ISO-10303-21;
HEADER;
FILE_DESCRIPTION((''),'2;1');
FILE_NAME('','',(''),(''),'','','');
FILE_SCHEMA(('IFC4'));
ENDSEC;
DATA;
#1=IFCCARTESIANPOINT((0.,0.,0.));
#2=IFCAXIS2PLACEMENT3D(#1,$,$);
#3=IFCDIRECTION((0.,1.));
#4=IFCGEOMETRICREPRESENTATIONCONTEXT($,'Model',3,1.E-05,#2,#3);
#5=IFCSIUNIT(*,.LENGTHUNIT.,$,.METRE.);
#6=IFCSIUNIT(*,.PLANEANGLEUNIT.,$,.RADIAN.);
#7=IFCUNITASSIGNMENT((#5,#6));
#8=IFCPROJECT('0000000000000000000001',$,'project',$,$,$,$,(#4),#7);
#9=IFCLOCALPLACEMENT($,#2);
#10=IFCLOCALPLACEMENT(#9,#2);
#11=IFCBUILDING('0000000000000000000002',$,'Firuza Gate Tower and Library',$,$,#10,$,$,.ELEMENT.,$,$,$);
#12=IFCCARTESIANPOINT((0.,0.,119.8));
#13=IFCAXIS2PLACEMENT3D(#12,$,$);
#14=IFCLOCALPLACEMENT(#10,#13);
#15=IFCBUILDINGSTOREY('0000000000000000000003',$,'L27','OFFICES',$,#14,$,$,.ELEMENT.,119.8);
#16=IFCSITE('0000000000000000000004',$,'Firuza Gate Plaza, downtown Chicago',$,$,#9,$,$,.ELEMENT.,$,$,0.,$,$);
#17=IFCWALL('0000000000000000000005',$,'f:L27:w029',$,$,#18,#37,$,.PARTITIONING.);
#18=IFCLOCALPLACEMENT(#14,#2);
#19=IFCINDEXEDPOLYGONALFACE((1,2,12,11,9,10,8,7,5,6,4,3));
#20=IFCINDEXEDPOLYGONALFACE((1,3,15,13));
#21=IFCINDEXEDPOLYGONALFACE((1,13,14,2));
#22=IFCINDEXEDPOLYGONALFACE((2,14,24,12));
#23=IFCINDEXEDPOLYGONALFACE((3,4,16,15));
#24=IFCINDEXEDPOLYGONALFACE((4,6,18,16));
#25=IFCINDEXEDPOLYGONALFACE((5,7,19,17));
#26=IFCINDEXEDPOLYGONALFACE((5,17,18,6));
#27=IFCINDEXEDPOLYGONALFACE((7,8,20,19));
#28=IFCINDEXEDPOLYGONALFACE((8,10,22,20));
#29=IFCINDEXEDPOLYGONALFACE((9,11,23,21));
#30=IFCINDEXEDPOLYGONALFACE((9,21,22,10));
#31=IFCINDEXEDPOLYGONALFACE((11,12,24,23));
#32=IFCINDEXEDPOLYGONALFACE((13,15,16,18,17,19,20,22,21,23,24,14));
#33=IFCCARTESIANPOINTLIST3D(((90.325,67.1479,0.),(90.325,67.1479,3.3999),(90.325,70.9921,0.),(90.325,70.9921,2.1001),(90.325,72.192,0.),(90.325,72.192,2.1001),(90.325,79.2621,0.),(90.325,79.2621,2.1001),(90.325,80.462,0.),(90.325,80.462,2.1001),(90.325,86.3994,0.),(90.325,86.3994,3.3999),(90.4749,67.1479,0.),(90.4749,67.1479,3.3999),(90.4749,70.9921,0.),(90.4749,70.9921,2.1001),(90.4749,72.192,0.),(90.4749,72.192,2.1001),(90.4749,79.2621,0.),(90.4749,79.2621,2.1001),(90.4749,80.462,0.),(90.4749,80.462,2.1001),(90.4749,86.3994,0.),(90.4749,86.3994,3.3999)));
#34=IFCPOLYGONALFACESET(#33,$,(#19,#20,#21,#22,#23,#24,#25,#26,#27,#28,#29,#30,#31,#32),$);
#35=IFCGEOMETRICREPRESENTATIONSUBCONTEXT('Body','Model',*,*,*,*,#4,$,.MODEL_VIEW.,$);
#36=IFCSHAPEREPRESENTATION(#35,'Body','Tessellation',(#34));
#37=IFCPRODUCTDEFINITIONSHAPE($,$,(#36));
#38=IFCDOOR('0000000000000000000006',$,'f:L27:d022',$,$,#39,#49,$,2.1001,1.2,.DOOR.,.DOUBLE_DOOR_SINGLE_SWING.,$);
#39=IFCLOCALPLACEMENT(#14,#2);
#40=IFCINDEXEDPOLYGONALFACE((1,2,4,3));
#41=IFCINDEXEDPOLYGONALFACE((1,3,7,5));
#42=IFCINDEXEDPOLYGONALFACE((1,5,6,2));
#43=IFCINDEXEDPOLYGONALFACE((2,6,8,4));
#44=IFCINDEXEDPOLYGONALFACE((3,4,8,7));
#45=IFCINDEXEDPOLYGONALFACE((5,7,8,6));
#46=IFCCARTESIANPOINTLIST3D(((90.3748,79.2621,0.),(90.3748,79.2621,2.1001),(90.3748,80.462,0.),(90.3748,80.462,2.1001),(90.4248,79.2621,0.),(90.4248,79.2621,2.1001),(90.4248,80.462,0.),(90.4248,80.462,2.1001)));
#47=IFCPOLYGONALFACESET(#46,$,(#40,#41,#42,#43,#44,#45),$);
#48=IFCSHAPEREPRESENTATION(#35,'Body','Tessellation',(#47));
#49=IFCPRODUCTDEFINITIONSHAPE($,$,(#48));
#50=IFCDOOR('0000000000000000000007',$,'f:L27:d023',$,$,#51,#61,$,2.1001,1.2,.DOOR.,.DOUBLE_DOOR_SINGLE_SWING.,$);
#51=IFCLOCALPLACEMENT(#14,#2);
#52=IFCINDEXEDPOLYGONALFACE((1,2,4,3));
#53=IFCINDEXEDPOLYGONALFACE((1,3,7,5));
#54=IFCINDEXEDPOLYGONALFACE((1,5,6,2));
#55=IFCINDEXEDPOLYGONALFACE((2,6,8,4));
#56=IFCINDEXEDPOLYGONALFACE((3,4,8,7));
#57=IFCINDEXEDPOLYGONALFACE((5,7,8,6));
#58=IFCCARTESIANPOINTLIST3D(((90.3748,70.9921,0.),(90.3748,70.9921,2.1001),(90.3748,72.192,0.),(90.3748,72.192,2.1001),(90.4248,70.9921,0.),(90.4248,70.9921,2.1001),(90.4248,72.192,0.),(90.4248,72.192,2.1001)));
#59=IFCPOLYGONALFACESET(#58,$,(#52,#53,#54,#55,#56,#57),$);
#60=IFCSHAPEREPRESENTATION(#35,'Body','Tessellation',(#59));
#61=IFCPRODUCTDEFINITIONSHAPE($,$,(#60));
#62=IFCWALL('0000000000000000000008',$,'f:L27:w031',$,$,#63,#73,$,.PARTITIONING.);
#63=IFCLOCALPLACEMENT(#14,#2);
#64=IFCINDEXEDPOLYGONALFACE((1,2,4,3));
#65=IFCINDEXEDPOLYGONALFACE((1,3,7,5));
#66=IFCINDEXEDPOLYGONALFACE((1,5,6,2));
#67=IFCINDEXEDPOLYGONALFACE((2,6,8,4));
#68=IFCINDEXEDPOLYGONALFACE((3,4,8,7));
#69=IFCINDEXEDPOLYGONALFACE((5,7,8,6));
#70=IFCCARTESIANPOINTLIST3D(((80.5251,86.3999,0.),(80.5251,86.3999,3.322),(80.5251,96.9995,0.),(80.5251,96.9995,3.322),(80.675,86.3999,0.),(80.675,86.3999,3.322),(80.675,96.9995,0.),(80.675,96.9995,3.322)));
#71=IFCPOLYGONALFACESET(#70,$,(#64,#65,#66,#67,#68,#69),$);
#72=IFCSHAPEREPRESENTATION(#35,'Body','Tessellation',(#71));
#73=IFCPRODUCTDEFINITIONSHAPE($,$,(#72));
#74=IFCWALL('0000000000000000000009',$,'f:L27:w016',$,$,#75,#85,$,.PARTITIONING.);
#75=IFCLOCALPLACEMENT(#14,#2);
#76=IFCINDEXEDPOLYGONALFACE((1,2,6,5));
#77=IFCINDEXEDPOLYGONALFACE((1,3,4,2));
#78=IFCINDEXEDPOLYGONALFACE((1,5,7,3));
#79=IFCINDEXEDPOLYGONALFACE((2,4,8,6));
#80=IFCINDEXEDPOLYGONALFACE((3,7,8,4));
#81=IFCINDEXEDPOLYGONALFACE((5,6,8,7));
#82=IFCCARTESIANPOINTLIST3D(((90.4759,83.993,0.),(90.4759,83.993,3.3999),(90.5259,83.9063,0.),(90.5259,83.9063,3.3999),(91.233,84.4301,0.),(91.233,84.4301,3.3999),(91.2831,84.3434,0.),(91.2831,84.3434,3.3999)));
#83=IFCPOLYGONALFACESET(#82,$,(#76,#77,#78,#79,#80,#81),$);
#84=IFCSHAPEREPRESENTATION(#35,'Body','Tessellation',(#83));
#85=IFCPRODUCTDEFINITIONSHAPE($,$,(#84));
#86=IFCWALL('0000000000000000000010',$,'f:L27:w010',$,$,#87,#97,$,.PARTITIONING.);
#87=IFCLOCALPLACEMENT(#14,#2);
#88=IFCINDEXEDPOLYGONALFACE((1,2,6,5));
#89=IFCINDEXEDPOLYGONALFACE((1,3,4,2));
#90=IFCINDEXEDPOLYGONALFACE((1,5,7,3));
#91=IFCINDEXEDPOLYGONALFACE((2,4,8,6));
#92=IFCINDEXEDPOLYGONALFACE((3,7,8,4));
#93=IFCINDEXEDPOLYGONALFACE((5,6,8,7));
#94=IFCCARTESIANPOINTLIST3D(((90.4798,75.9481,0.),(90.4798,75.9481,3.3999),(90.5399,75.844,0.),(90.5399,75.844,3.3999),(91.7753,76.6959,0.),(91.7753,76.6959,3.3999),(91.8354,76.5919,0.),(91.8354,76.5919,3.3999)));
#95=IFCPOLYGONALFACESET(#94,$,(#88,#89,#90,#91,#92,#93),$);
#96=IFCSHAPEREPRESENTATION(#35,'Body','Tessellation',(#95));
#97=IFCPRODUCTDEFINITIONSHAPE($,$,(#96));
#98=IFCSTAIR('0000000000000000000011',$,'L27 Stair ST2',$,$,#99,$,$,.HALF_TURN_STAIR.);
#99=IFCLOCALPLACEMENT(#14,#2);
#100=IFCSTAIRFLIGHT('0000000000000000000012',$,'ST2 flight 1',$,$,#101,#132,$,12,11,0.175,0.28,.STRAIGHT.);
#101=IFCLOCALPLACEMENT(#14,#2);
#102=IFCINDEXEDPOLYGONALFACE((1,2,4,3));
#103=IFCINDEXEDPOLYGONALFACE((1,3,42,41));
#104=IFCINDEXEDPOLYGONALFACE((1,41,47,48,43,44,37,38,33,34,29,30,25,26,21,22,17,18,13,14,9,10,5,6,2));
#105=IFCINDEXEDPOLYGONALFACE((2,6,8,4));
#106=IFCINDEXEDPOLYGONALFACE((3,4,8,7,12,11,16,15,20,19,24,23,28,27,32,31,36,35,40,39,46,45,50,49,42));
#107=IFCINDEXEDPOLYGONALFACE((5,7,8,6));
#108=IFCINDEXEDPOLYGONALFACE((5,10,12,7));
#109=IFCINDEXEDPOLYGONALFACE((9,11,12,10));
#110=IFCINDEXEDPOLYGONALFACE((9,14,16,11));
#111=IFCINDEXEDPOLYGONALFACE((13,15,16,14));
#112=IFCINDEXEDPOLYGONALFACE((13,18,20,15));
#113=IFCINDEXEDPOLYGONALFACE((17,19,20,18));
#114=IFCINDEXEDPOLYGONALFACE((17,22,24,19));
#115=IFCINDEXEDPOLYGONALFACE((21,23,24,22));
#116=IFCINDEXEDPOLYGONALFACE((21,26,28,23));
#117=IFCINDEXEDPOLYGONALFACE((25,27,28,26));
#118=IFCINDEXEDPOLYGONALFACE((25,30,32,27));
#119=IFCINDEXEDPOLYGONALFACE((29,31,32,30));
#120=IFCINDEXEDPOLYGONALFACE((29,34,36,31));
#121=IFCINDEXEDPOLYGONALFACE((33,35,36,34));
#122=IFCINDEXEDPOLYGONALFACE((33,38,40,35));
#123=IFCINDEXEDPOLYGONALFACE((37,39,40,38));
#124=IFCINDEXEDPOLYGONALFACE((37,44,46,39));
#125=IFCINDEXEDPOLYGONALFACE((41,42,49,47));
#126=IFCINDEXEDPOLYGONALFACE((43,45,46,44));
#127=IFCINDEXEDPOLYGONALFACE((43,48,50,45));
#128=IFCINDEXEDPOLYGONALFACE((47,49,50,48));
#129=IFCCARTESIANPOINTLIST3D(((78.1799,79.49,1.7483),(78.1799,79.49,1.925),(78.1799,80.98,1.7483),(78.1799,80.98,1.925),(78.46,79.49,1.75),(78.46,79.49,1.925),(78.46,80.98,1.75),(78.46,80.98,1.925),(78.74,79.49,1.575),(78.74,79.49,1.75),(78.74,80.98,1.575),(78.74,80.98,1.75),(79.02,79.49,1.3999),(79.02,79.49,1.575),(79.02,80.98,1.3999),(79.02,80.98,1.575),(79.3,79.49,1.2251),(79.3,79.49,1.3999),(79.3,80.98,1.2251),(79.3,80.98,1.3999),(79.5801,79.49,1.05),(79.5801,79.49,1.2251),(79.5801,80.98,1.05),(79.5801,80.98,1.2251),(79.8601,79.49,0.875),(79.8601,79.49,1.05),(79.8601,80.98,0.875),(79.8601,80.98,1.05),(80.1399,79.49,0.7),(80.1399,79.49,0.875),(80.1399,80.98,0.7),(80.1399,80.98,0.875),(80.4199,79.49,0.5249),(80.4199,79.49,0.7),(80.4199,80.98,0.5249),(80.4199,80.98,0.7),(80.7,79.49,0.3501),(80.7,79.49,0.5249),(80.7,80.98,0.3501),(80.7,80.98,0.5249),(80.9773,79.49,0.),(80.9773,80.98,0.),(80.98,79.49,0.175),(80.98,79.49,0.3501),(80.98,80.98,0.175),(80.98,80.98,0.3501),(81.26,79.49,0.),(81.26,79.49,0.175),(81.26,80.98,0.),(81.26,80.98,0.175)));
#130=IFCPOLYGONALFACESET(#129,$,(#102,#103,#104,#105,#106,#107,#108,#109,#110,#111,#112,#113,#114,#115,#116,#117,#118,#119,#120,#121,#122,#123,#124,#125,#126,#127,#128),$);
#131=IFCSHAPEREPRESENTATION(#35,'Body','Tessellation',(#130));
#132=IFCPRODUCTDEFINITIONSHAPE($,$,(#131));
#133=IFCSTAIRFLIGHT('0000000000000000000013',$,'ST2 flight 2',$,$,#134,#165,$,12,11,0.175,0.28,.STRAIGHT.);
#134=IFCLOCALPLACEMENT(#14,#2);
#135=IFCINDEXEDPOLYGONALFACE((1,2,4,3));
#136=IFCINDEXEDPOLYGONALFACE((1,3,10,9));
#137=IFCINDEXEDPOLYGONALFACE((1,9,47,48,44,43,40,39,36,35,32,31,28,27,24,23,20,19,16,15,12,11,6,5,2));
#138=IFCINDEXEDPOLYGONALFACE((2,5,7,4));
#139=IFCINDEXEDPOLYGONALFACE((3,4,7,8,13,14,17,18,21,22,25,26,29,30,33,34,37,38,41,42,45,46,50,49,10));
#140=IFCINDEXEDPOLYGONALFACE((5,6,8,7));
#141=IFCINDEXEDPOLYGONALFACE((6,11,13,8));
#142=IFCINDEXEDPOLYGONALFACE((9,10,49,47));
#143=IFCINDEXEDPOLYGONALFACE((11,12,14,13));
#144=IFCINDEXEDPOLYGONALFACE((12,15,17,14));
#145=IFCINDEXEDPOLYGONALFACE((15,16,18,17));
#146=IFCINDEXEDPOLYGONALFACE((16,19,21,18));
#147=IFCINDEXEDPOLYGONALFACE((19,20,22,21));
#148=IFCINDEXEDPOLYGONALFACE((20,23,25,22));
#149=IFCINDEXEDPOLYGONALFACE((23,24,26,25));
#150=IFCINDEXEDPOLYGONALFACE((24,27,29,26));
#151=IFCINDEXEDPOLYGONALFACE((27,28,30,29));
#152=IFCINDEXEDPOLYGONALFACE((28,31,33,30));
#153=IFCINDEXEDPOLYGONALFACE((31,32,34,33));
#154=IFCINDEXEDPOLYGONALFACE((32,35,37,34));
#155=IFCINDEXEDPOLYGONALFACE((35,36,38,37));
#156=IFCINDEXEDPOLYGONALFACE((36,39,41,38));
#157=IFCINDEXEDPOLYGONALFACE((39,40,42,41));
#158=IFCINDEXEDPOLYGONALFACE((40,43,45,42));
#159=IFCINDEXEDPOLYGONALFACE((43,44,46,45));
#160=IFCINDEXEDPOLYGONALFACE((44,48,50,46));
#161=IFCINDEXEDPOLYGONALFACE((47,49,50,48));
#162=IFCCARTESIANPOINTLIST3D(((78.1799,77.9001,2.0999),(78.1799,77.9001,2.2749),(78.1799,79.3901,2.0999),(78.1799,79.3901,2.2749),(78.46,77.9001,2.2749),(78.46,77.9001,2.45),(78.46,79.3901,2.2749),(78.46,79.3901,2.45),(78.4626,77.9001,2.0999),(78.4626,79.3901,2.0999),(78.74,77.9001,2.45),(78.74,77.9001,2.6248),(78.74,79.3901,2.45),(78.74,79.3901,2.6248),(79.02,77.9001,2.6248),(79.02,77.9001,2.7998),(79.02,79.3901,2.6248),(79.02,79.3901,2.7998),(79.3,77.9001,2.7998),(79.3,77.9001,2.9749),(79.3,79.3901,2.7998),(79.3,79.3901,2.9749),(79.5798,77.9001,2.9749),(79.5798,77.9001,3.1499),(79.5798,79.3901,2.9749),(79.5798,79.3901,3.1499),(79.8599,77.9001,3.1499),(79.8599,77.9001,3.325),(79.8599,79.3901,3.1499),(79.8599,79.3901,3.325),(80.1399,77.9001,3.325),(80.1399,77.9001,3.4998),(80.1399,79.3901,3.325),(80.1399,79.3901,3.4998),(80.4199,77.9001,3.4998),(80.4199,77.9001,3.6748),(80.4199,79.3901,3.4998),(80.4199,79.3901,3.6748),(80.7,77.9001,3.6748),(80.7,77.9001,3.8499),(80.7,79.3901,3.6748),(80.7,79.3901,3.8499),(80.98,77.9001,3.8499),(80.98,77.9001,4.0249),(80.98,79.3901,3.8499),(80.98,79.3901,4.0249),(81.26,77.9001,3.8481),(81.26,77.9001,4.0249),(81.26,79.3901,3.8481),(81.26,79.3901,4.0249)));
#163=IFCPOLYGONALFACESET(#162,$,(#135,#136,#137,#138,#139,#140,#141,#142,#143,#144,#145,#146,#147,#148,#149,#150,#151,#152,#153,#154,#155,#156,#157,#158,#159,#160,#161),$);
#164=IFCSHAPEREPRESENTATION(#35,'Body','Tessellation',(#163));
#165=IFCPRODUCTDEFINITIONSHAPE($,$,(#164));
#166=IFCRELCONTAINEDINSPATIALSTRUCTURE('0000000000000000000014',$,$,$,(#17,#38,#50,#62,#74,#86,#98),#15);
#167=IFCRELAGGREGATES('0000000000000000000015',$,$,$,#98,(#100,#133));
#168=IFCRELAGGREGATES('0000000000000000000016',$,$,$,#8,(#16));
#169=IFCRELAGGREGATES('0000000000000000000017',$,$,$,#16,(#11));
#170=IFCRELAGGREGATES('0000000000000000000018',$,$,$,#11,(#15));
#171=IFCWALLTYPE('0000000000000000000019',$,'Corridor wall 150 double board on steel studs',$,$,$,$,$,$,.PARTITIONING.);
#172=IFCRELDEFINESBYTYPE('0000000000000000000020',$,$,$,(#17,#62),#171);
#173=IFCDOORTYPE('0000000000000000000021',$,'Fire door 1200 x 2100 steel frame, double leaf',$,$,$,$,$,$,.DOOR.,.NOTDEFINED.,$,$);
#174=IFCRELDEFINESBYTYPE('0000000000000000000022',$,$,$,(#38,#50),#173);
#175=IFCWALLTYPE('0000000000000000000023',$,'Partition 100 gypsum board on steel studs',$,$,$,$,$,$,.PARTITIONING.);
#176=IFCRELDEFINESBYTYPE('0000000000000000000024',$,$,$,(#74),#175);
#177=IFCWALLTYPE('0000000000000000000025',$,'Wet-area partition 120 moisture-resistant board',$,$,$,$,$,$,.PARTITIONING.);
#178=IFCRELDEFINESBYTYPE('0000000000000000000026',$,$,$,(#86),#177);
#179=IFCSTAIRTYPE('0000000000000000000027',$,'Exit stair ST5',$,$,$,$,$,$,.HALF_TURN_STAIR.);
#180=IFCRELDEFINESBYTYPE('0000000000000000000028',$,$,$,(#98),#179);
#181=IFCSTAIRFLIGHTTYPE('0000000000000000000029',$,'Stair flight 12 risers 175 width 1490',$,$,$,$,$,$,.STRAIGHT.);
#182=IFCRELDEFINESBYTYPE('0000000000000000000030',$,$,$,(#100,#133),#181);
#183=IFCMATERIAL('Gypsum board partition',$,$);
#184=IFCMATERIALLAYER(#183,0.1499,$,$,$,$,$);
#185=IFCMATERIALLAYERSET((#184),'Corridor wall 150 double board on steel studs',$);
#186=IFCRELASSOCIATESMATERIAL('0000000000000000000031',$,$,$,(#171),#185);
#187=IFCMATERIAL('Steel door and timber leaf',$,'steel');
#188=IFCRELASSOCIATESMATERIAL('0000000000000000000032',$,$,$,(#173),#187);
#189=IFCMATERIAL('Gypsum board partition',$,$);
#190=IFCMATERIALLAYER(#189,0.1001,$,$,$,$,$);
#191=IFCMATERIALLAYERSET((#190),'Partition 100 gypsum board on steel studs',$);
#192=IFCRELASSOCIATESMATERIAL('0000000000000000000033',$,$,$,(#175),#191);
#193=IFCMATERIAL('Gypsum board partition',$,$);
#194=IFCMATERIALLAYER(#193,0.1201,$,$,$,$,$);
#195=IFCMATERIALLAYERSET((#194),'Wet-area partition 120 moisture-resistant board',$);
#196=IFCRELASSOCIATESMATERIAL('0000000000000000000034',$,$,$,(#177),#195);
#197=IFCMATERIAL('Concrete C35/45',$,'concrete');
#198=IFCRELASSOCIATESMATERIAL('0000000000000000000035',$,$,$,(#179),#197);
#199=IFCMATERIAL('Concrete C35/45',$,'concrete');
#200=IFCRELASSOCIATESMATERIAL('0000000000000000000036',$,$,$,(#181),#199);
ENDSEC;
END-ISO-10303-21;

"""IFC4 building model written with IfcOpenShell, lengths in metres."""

from ifc_helpers import new_model, si_unit, direction, frame, frame_2d, origin, place, context, subcontext, project, spatial, polyline, rectangle, outline, extrude, material, layer, layer_set, type_object, element, fill, aggregate, save


model = new_model("IFC4")

# Units and contexts
model_context = context("Model", 3, precision=1e-05, world=origin(), true_north=direction((0.0, 1.0)))
body_context = subcontext(model_context, "Body", "Model", "MODEL_VIEW")
ifc_project = project(units=[si_unit("LENGTHUNIT", "METRE"), si_unit("PLANEANGLEUNIT", "RADIAN")], contexts=[model_context])

# Site, building, storey
site_placement = place(None, origin())
site = spatial("IfcSite", under=ifc_project, at=site_placement, Name="Firuza Gate Plaza, downtown Chicago", CompositionType="ELEMENT", RefElevation=0.0)
building_placement = place(site_placement, origin())
building = spatial("IfcBuilding", under=site, at=building_placement, Name="Firuza Gate Tower and Library", CompositionType="ELEMENT")
storey_placement = place(building_placement, frame((0.0, 0.0, 119.8)))
storey = spatial("IfcBuildingStorey", under=building, at=storey_placement, Name="L27", Description="OFFICES", CompositionType="ELEMENT", Elevation=119.8)

# Shared definitions
placement = place(storey_placement, origin())

# Shared definitions
ifc_material_1 = material(Name="Gypsum board partition")
ifc_layer_1 = layer(ifc_material_1, 0.1499)
ifc_layer_set_1 = layer_set([ifc_layer_1], Name="Corridor wall 150 double board on steel studs")
wall_type_1 = type_object("IfcWallType", Name="Corridor wall 150 double board on steel studs", PredefinedType="PARTITIONING", material=ifc_layer_set_1)

# Wall, openings, doors
wall_1_placement = place(storey_placement, frame((90.3999, 86.3994, 0.0), z_axis=(0.0, 0.0, 1.0), x_axis=(0.0, -1.0, 0.0)))
wall_1 = element("IfcWall", 1, at=wall_1_placement, inside=storey, type_object=wall_type_1, Name="f:L27:w029", PredefinedType="PARTITIONING", context=body_context, shape_type="SweptSolid", body=[
    extrude(rectangle(XDim=19.2515, YDim=0.1499, at=frame_2d((9.6257, 0.0))), origin(), (0.0, 0.0, 1.0), 3.3999),
])
opening_1_placement = place(wall_1_placement, frame((5.9373, 0.0, 0.0)))
opening_1 = element("IfcOpeningElement", 2, at=opening_1_placement, cuts=wall_1, PredefinedType="OPENING", context=body_context, shape_type="SweptSolid", body=[
    extrude(rectangle(XDim=1.2, YDim=2.1001, at=frame_2d((0.6001, 1.05))), frame((0.0, 0.085, 0.0), z_axis=(0.0, -1.0, 0.0), x_axis=(1.0, 0.0, 0.0)), (0.0, 0.0, 1.0), 0.1699),
])
opening_2_placement = place(wall_1_placement, frame((14.2073, 0.0, 0.0)))
opening_2 = element("IfcOpeningElement", 3, at=opening_2_placement, cuts=wall_1, PredefinedType="OPENING", context=body_context, shape_type="SweptSolid", body=[
    extrude(rectangle(XDim=1.2, YDim=2.1001, at=frame_2d((0.6001, 1.05))), frame((0.0, 0.085, 0.0), z_axis=(0.0, -1.0, 0.0), x_axis=(1.0, 0.0, 0.0)), (0.0, 0.0, 1.0), 0.1699),
])
ifc_material_2 = material(Name="Steel door and timber leaf", Category="steel")
door_type_1 = type_object("IfcDoorType", Name="Fire door 1200 x 2100 steel frame, double leaf", OperationType="NOTDEFINED", PredefinedType="DOOR", material=ifc_material_2)
door_1_placement = place(opening_1_placement, origin())
door_1 = element("IfcDoor", 4, at=door_1_placement, inside=storey, type_object=door_type_1, Name="f:L27:d022", OperationType="DOUBLE_DOOR_SINGLE_SWING", OverallHeight=2.1001, OverallWidth=1.2, PredefinedType="DOOR", context=body_context, shape_type="SweptSolid", body=[
    extrude(rectangle(XDim=1.2, YDim=2.1001, at=frame_2d((0.6001, 1.05))), frame((0.0, 0.0249, 0.0), z_axis=(0.0, -1.0, 0.0), x_axis=(1.0, 0.0, 0.0)), (0.0, 0.0, 1.0), 0.05),
])
fill(opening_1, door_1)
door_2_placement = place(opening_2_placement, origin())
door_2 = element("IfcDoor", 5, at=door_2_placement, inside=storey, type_object=door_type_1, Name="f:L27:d023", OperationType="DOUBLE_DOOR_SINGLE_SWING", OverallHeight=2.1001, OverallWidth=1.2, PredefinedType="DOOR", context=body_context, shape_type="SweptSolid", body=[
    extrude(rectangle(XDim=1.2, YDim=2.1001, at=frame_2d((0.6001, 1.05))), frame((0.0, 0.0249, 0.0), z_axis=(0.0, -1.0, 0.0), x_axis=(1.0, 0.0, 0.0)), (0.0, 0.0, 1.0), 0.05),
])
fill(opening_2, door_2)

# Walls
wall_2_placement = place(storey_placement, frame((80.6001, 86.3999, 0.0), z_axis=(0.0, 0.0, 1.0), x_axis=(0.0, 1.0, 0.0)))
element("IfcWall", 6, at=wall_2_placement, inside=storey, type_object=wall_type_1, Name="f:L27:w031", PredefinedType="PARTITIONING", context=body_context, shape_type="SweptSolid", body=[
    extrude(rectangle(XDim=10.5996, YDim=0.1499, at=frame_2d((5.2998, 0.0))), origin(), (0.0, 0.0, 1.0), 3.322),
])
ifc_material_3 = material(Name="Gypsum board partition")
ifc_layer_2 = layer(ifc_material_3, 0.1001)
ifc_layer_set_2 = layer_set([ifc_layer_2], Name="Partition 100 gypsum board on steel studs")
wall_type_2 = type_object("IfcWallType", Name="Partition 100 gypsum board on steel studs", PredefinedType="PARTITIONING", material=ifc_layer_set_2)
wall_3_placement = place(storey_placement, frame((90.501, 83.9497, 0.0), z_axis=(0.0, 0.0, 1.0), x_axis=(0.866069, 0.499924, 0.0)))
element("IfcWall", 7, at=wall_3_placement, inside=storey, type_object=wall_type_2, Name="f:L27:w016", PredefinedType="PARTITIONING", context=body_context, shape_type="SweptSolid", body=[
    extrude(rectangle(XDim=0.8743, YDim=0.1001, at=frame_2d((0.437, 0.0))), origin(), (0.0, 0.0, 1.0), 3.3999),
])
ifc_material_4 = material(Name="Gypsum board partition")
ifc_layer_3 = layer(ifc_material_4, 0.1201)
ifc_layer_set_3 = layer_set([ifc_layer_3], Name="Wet-area partition 120 moisture-resistant board")
wall_type_3 = type_object("IfcWallType", Name="Wet-area partition 120 moisture-resistant board", PredefinedType="PARTITIONING", material=ifc_layer_set_3)
wall_4_placement = place(storey_placement, frame((90.5098, 75.896, 0.0), z_axis=(0.0, 0.0, 1.0), x_axis=(0.866055, 0.499949, 0.0)))
element("IfcWall", 8, at=wall_4_placement, inside=storey, type_object=wall_type_3, Name="f:L27:w010", PredefinedType="PARTITIONING", context=body_context, shape_type="SweptSolid", body=[
    extrude(rectangle(XDim=1.4958, YDim=0.1201, at=frame_2d((0.748, 0.0))), origin(), (0.0, 0.0, 1.0), 3.3999),
])

# Stair, stair flights
ifc_material_5 = material(Name="Concrete C35/45", Category="concrete")
stair_type = type_object("IfcStairType", Name="Exit stair ST5", PredefinedType="HALF_TURN_STAIR", material=ifc_material_5)
stair = element("IfcStair", 9, at=placement, inside=storey, type_object=stair_type, Name="L27 Stair ST2", PredefinedType="HALF_TURN_STAIR")
ifc_material_6 = material(Name="Concrete C35/45", Category="concrete")
stair_flight_type = type_object("IfcStairFlightType", Name="Stair flight 12 risers 175 width 1490", PredefinedType="STRAIGHT", material=ifc_material_6)
stair_flight_1_placement = place(storey_placement, frame((81.26, 80.2351, 0.0), z_axis=(0.0, 0.0, 1.0), x_axis=(-1.0, 0.0, 0.0)))
stair_flight_1 = element("IfcStairFlight", 10, at=stair_flight_1_placement, type_object=stair_flight_type, Name="ST2 flight 1", NumberOfRisers=12, NumberOfTreads=11, PredefinedType="STRAIGHT", RiserHeight=0.175, TreadLength=0.28, context=body_context, shape_type="SweptSolid", body=[
    extrude(outline(polyline([(0.0, 0.0), (0.0, 0.175), (0.28, 0.175), (0.28, 0.3501), (0.5601, 0.3501), (0.5601, 0.5249), (0.8401, 0.5249), (0.8401, 0.7), (1.1201, 0.7), (1.1201, 0.875), (1.3999, 0.875), (1.3999, 1.05), (1.6799, 1.05), (1.6799, 1.2251), (1.96, 1.2251), (1.96, 1.3999), (2.24, 1.3999), (2.24, 1.575), (2.52, 1.575), (2.52, 1.75), (2.8, 1.75), (2.8, 1.925), (3.0801, 1.925), (3.0801, 2.1001), (3.0801, 1.7483), (0.2827, 0.0), (0.0, 0.0)])), frame((0.0, 0.7451, 0.0), z_axis=(0.0, -1.0, 0.0), x_axis=(1.0, 0.0, 0.0)), (0.0, 0.0, 1.0), 1.49),
])
stair_flight_2_placement = place(storey_placement, frame((78.1799, 78.645, 2.0999), z_axis=(0.0, 0.0, 1.0), x_axis=(1.0, 0.0, 0.0)))
stair_flight_2 = element("IfcStairFlight", 11, at=stair_flight_2_placement, type_object=stair_flight_type, Name="ST2 flight 2", NumberOfRisers=12, NumberOfTreads=11, PredefinedType="STRAIGHT", RiserHeight=0.175, TreadLength=0.28, context=body_context, shape_type="SweptSolid", body=[
    extrude(outline(polyline([(0.0, 0.0), (0.0, 0.175), (0.28, 0.175), (0.28, 0.3501), (0.5601, 0.3501), (0.5601, 0.5249), (0.8401, 0.5249), (0.8401, 0.7), (1.1201, 0.7), (1.1201, 0.875), (1.3999, 0.875), (1.3999, 1.05), (1.6799, 1.05), (1.6799, 1.2251), (1.96, 1.2251), (1.96, 1.3999), (2.24, 1.3999), (2.24, 1.575), (2.52, 1.575), (2.52, 1.75), (2.8, 1.75), (2.8, 1.925), (3.0801, 1.925), (3.0801, 2.1001), (3.0801, 1.7483), (0.2827, 0.0), (0.0, 0.0)])), frame((0.0, 0.7451, 0.0), z_axis=(0.0, -1.0, 0.0), x_axis=(1.0, 0.0, 0.0)), (0.0, 0.0, 1.0), 1.49),
])
aggregate(stair, [stair_flight_1, stair_flight_2])

save(model, "model.ifc")
